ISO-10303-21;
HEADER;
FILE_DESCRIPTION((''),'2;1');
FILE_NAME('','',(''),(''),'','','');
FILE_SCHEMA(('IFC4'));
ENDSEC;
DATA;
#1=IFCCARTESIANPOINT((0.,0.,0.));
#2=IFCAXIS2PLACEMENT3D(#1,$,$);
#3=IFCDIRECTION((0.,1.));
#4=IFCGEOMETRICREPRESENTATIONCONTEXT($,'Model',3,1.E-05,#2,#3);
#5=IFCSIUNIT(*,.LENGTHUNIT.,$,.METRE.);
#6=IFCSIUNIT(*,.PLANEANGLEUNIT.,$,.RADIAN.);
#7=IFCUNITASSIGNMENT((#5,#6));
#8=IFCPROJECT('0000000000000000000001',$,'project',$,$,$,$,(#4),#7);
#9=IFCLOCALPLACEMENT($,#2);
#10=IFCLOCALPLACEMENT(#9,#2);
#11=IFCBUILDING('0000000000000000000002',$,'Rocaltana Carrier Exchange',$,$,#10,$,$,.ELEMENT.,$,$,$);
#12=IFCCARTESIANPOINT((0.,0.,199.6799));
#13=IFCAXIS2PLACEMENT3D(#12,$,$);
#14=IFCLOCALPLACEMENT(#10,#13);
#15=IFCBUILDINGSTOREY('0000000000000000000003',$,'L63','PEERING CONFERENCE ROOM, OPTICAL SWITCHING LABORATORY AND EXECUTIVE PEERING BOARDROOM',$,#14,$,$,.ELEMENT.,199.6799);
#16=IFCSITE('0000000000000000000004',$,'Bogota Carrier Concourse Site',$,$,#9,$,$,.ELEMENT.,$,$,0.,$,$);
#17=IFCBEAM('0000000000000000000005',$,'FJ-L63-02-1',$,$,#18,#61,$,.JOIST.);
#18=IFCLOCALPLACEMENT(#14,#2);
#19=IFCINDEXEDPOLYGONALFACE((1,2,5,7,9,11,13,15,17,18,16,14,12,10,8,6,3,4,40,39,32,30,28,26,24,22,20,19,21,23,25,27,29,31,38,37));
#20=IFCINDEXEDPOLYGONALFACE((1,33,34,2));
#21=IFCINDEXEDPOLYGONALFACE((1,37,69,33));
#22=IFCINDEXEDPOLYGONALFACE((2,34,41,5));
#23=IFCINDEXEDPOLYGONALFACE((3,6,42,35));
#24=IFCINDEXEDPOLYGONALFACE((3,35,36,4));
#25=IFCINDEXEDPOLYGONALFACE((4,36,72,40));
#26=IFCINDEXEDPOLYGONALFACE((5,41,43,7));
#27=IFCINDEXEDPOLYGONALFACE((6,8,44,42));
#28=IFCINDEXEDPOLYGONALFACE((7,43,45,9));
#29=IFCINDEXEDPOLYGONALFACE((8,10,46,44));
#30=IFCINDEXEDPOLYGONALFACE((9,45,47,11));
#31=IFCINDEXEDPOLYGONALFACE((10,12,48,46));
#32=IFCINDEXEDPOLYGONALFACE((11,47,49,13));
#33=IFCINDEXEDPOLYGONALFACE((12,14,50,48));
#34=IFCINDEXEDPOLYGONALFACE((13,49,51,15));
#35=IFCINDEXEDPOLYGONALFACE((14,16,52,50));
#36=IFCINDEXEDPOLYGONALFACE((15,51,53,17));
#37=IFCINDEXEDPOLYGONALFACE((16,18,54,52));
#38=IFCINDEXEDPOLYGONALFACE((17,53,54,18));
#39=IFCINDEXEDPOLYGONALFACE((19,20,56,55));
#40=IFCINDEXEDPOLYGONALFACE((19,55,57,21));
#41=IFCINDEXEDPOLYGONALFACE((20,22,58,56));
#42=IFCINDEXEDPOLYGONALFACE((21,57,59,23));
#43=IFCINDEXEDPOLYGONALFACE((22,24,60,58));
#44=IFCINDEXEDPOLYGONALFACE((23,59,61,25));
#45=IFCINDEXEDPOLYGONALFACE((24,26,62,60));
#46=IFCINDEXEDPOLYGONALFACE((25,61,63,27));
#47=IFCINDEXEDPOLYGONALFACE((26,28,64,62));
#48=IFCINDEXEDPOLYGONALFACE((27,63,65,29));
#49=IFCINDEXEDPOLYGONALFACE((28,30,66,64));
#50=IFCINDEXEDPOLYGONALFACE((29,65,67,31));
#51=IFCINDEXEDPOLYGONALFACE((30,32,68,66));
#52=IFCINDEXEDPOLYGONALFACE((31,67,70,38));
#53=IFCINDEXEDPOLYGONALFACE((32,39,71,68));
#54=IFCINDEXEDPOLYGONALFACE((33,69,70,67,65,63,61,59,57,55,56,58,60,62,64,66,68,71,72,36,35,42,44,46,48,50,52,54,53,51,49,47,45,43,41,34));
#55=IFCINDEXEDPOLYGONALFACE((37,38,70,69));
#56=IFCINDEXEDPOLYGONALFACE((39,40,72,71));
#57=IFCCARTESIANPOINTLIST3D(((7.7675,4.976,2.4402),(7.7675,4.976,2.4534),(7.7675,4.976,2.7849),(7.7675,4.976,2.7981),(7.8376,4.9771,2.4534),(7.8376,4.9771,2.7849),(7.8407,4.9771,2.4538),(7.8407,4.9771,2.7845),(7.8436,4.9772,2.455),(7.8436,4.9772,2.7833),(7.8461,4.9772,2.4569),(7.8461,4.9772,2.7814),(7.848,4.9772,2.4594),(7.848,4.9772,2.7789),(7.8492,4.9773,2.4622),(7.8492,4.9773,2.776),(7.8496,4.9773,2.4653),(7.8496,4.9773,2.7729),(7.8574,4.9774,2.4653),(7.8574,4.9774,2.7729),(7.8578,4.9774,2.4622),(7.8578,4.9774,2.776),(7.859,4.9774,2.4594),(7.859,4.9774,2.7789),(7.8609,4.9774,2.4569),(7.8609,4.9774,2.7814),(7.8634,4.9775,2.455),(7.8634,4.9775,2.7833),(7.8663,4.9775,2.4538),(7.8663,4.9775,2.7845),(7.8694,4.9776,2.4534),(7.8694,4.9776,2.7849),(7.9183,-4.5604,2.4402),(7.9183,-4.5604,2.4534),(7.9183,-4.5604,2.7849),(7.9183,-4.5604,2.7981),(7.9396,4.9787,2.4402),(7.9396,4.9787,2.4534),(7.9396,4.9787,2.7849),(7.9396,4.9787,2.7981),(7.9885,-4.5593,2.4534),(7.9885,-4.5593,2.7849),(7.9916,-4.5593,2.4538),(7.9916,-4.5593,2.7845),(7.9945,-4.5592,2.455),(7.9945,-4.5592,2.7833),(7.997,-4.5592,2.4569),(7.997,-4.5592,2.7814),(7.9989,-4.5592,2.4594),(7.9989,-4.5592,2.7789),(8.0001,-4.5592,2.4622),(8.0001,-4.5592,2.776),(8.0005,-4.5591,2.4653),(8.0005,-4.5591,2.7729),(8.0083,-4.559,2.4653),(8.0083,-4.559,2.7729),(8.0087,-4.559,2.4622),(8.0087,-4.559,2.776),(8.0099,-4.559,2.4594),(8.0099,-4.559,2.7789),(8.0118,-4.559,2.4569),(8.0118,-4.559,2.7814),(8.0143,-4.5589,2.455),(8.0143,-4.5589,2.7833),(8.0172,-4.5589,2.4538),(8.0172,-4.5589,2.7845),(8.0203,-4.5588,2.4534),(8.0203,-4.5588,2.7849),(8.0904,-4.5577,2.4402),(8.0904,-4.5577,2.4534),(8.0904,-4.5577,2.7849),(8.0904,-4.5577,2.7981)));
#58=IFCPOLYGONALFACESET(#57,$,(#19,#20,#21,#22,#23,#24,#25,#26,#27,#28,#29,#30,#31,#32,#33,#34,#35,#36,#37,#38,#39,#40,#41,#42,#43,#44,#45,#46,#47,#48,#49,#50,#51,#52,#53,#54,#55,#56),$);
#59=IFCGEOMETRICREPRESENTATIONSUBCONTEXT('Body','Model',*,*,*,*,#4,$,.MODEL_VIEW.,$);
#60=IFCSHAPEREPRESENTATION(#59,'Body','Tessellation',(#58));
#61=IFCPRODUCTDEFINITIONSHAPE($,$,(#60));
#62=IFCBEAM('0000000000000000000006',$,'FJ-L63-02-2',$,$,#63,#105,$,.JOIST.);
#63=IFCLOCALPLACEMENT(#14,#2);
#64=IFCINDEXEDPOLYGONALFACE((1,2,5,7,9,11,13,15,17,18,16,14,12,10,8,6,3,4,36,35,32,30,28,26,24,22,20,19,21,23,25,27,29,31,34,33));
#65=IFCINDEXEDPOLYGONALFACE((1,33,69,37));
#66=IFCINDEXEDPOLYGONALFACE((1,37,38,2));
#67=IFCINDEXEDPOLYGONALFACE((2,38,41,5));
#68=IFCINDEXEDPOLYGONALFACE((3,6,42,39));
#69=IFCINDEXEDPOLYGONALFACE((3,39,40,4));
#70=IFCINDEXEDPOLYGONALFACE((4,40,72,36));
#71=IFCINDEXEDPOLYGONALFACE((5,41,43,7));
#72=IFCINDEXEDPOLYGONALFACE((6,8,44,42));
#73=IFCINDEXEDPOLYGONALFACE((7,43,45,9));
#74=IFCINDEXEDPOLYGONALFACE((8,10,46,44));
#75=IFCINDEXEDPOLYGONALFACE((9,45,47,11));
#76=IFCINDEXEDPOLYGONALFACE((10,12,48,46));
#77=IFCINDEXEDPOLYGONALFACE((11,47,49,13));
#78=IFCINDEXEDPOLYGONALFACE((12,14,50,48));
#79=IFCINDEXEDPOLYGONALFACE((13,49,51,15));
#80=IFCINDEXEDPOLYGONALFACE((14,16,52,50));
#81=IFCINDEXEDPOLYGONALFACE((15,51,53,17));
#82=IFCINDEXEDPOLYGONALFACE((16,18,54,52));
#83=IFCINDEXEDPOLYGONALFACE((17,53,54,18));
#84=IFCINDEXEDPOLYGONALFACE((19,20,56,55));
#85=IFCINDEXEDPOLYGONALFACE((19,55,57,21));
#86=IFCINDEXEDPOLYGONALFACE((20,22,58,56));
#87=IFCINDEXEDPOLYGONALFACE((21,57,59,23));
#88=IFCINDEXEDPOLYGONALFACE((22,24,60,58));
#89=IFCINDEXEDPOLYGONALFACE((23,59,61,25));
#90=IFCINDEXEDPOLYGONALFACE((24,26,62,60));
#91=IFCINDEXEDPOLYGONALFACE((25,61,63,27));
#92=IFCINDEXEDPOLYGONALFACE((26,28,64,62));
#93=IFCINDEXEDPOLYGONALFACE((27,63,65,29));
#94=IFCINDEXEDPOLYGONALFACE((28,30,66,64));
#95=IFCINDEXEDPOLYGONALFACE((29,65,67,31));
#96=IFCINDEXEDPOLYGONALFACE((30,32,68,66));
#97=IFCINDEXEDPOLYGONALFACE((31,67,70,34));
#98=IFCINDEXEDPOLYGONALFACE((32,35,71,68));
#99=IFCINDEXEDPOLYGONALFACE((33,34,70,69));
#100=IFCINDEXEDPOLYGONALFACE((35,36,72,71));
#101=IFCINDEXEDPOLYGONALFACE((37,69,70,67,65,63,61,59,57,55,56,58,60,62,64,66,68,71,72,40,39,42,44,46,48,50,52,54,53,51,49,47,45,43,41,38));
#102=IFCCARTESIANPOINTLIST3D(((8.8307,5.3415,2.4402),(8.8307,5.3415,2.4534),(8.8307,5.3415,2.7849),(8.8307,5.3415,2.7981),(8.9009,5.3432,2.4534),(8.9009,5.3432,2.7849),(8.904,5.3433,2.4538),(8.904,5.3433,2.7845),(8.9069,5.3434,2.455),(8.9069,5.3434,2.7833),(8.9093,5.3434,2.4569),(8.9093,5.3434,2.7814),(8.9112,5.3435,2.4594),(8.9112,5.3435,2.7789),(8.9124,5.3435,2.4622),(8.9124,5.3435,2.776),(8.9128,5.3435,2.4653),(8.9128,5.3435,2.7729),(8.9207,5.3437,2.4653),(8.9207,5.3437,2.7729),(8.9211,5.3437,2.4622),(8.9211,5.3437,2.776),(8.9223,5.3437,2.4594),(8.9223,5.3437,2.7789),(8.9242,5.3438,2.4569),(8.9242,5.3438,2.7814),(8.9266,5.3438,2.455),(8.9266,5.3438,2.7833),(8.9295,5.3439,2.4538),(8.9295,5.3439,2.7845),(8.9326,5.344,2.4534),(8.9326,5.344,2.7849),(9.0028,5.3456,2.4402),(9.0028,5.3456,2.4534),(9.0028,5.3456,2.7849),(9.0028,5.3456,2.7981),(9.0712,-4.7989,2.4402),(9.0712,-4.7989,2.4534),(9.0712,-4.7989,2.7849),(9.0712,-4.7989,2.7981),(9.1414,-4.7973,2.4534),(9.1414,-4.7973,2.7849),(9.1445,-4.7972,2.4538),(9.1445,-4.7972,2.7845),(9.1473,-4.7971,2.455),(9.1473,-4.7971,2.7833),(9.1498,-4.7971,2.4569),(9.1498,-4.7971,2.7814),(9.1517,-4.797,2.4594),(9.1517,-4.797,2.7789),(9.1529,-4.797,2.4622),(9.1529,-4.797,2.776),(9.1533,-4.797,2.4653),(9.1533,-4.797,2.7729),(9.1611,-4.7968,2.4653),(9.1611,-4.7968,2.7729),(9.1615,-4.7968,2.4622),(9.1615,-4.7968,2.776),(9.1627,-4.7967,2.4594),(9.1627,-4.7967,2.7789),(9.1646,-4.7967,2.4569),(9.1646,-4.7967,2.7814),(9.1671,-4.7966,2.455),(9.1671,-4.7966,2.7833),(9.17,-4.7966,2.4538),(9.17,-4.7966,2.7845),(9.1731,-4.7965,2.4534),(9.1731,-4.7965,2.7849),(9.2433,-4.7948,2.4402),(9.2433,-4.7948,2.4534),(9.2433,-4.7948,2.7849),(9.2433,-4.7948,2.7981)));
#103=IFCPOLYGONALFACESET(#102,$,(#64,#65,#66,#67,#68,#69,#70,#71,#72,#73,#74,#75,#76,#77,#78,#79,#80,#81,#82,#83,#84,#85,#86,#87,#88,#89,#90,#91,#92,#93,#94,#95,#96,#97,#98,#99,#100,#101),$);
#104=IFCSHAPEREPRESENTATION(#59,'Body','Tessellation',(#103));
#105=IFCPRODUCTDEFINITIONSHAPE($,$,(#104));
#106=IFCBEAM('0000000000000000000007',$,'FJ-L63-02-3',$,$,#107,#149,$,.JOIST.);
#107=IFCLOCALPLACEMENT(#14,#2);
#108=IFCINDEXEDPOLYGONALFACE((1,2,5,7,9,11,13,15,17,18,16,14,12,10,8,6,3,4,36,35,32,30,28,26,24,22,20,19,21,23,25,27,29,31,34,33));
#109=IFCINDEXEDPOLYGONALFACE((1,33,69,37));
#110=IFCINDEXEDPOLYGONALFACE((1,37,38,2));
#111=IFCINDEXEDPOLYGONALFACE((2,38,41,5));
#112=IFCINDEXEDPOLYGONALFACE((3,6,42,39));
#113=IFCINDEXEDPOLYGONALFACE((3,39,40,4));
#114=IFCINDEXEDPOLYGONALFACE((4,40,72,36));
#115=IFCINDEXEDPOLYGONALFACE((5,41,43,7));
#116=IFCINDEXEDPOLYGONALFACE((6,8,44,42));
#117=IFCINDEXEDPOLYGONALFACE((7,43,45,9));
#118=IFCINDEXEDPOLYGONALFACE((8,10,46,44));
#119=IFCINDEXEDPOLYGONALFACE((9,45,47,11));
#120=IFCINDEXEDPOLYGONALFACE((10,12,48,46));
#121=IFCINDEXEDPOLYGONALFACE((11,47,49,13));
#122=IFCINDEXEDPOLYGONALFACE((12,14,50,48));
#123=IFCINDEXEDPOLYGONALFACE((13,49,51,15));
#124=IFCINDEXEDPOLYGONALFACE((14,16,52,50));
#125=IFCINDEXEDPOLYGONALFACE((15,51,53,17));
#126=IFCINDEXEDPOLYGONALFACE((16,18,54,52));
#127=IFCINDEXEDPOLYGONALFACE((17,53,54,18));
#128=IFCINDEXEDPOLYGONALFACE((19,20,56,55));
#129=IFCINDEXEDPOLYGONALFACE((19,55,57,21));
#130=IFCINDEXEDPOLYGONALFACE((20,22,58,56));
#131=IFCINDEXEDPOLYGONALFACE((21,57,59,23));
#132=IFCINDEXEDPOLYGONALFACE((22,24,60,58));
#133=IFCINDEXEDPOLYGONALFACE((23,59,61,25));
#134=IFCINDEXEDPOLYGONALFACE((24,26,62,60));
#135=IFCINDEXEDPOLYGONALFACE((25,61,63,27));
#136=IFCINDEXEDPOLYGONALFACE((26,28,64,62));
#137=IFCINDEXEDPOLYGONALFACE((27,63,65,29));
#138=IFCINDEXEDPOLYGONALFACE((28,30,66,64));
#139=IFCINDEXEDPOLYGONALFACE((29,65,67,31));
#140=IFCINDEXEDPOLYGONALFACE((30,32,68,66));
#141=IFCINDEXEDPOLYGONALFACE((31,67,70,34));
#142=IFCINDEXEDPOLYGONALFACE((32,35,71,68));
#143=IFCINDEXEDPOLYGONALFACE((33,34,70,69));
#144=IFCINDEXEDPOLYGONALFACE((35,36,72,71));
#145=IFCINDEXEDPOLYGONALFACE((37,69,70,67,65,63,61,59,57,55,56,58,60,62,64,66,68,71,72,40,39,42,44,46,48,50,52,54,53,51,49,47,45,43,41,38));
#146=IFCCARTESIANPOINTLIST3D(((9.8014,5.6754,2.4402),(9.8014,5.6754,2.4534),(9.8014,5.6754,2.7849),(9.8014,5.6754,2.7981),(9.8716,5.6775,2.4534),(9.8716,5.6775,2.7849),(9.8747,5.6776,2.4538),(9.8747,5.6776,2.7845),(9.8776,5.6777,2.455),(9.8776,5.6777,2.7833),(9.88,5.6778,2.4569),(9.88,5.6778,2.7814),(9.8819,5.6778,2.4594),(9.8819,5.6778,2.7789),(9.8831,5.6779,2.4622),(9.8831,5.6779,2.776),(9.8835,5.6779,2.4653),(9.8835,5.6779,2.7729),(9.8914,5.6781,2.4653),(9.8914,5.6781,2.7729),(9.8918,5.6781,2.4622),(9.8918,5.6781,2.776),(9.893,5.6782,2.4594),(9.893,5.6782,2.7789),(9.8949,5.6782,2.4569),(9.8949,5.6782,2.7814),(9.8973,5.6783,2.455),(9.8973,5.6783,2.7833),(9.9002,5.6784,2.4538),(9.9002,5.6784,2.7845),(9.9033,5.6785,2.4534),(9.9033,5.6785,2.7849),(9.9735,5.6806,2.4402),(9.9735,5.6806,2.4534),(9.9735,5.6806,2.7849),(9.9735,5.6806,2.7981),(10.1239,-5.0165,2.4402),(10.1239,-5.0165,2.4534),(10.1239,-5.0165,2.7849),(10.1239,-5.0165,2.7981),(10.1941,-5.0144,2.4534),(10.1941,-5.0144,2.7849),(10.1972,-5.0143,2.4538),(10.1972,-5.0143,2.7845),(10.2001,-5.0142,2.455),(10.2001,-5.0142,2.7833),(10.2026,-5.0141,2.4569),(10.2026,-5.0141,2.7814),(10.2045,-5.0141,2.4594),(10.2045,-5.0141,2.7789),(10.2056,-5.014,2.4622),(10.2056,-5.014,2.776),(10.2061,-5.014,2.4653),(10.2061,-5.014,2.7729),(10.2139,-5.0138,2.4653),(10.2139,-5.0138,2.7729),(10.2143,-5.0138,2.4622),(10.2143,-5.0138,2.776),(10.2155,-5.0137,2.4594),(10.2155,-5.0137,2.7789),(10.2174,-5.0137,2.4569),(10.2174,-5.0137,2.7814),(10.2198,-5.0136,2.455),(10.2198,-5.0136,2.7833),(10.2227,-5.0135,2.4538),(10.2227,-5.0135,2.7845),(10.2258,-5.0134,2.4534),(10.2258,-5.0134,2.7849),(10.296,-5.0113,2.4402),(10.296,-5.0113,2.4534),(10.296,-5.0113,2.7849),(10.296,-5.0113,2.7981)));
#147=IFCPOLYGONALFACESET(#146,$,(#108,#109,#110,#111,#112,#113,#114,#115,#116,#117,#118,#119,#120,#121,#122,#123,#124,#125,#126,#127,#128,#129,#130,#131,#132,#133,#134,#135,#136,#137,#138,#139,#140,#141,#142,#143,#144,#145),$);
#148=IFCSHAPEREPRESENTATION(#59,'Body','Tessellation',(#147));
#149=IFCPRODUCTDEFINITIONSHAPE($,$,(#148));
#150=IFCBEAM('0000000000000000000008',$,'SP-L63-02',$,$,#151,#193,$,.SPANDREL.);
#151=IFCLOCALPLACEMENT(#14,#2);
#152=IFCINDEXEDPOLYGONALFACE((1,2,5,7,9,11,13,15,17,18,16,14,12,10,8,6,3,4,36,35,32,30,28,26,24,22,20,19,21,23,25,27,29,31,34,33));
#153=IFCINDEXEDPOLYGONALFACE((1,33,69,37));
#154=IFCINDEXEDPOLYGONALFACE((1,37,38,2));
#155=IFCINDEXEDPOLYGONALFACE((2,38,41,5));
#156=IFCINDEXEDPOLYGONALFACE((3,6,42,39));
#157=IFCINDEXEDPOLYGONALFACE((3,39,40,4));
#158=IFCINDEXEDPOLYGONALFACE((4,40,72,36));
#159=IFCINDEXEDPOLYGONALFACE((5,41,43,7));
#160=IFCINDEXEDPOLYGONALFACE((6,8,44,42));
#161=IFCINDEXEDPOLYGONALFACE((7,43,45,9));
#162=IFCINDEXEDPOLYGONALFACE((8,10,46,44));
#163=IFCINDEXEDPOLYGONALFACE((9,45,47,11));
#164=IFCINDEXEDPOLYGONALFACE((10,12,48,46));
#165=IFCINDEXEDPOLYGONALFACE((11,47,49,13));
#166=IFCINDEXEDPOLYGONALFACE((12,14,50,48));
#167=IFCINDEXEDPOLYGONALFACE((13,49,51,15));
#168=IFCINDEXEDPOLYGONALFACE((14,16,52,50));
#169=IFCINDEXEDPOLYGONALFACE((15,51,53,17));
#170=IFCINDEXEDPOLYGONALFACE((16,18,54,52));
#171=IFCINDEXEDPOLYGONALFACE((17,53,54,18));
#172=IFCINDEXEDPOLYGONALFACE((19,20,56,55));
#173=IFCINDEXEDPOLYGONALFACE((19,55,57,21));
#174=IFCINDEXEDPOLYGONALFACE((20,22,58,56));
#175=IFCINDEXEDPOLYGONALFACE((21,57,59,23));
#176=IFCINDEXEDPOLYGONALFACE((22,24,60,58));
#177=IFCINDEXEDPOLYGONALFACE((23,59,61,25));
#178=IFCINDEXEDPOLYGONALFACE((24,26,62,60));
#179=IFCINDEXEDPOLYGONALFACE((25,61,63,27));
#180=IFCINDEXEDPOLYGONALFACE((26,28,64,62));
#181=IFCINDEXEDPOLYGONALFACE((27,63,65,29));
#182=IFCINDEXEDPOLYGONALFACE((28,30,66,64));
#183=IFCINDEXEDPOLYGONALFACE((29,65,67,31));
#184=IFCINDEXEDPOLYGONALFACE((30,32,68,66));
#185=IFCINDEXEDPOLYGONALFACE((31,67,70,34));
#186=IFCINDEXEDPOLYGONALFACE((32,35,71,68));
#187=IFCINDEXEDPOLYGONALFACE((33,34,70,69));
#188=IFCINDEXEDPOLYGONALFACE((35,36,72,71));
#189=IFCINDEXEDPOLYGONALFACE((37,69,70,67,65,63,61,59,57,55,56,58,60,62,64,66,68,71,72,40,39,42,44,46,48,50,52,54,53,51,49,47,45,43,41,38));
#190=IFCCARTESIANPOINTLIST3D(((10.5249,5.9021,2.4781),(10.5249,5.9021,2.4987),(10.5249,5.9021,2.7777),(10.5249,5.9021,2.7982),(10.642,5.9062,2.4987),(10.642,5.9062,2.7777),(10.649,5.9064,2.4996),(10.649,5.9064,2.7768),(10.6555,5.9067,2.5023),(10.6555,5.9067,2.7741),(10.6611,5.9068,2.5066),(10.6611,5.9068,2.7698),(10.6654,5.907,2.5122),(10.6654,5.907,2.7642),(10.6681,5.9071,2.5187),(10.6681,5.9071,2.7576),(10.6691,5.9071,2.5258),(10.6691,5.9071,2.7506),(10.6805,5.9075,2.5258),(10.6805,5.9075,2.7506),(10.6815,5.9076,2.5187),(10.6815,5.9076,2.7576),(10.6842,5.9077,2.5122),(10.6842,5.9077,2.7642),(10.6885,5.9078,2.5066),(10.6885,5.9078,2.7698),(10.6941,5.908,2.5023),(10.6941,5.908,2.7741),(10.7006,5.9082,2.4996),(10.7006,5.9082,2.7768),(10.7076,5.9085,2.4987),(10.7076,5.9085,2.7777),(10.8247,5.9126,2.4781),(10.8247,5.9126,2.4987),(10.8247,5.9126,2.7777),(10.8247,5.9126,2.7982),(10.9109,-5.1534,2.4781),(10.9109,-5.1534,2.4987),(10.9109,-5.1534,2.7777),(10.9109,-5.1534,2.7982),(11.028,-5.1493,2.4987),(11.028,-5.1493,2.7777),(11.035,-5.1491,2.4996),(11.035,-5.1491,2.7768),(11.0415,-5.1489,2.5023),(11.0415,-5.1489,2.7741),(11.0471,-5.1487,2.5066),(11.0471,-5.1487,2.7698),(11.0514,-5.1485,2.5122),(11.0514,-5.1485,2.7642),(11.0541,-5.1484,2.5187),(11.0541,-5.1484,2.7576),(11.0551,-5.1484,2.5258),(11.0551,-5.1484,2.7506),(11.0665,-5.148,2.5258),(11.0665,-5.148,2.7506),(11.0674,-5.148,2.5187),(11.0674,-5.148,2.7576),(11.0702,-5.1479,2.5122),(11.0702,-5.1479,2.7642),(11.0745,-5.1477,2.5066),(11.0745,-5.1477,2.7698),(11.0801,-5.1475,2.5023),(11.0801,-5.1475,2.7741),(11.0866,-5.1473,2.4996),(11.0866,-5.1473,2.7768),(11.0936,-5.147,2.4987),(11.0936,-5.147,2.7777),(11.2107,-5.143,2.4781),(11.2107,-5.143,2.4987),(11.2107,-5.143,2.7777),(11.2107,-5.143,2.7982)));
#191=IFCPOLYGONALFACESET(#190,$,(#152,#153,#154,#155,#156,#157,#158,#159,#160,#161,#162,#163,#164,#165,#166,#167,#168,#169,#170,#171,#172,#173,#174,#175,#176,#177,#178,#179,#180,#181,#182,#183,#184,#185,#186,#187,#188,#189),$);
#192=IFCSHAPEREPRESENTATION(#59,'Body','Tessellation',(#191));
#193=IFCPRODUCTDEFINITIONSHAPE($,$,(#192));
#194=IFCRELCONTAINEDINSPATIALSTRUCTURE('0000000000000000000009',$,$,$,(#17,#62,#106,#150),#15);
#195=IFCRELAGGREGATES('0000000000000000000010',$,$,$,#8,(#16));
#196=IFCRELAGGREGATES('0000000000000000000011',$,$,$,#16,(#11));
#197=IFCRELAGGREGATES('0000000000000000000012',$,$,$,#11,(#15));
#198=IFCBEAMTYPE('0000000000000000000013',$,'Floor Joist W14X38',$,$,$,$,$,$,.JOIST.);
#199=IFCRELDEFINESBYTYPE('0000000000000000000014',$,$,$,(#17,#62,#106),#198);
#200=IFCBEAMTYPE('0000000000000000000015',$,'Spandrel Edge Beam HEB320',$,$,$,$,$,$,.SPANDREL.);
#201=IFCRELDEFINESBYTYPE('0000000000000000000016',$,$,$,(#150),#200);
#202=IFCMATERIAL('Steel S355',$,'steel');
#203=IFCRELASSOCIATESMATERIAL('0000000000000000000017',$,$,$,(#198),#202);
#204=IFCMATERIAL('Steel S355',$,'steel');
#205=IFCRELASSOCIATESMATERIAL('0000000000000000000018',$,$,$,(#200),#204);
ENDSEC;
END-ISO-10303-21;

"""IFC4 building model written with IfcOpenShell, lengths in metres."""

from ifc_helpers import new_model, si_unit, direction, frame, origin, origin_2d, place, context, subcontext, project, spatial, i_section, extrude, material, material_profile, profile_set, type_object, element, save


model = new_model("IFC4")

# Units and contexts
model_context = context("Model", 3, precision=1e-05, world=origin(), true_north=direction((0.0, 1.0)))
body_context = subcontext(model_context, "Body", "Model", "MODEL_VIEW")
ifc_project = project(units=[si_unit("LENGTHUNIT", "METRE"), si_unit("PLANEANGLEUNIT", "RADIAN")], contexts=[model_context])

# Site, building, storey
site_placement = place(None, origin())
site = spatial("IfcSite", under=ifc_project, at=site_placement, Name="Bogota Carrier Concourse Site", CompositionType="ELEMENT", RefElevation=0.0)
building_placement = place(site_placement, origin())
building = spatial("IfcBuilding", under=site, at=building_placement, Name="Rocaltana Carrier Exchange", CompositionType="ELEMENT")
storey_placement = place(building_placement, frame((0.0, 0.0, 199.6799)))
storey = spatial("IfcBuildingStorey", under=building, at=storey_placement, Name="L63", Description="PEERING CONFERENCE ROOM, OPTICAL SWITCHING LABORATORY AND EXECUTIVE PEERING BOARDROOM", CompositionType="ELEMENT", Elevation=199.6799)

# Beams
ifc_material_1 = material(Name="Steel S355", Category="steel")
ifc_material_profile_1 = material_profile(ifc_material_1, i_section(OverallWidth=0.1721, OverallDepth=0.3579, WebThickness=0.0078, FlangeThickness=0.0132, FilletRadius=0.012, at=origin_2d()), Name="W14X38")
ifc_profile_set_1 = profile_set([ifc_material_profile_1], Name="Steel S355")
beam_type_1 = type_object("IfcBeamType", Name="Floor Joist W14X38", PredefinedType="JOIST", material=ifc_profile_set_1)
beam_1_placement = place(storey_placement, frame((8.0044, -4.5591, 2.6191), z_axis=(-0.015819, 0.999875, 0.0), x_axis=(-0.999875, -0.015819, 0.0)))
element("IfcBeam", 1, at=beam_1_placement, inside=storey, type_object=beam_type_1, Name="FJ-L63-02-1", PredefinedType="JOIST", context=body_context, shape_type="SweptSolid", body=[
    extrude(i_section(OverallWidth=0.1721, OverallDepth=0.3579, WebThickness=0.0078, FlangeThickness=0.0132, FilletRadius=0.012, at=origin_2d()), origin(), (0.0, 0.0, 1.0), 9.5376),
])
beam_2_placement = place(storey_placement, frame((9.1572, -4.7969, 2.6191), z_axis=(-0.023708, 0.999719, 0.0), x_axis=(-0.999719, -0.023708, 0.0)))
element("IfcBeam", 2, at=beam_2_placement, inside=storey, type_object=beam_type_1, Name="FJ-L63-02-2", PredefinedType="JOIST", context=body_context, shape_type="SweptSolid", body=[
    extrude(i_section(OverallWidth=0.1721, OverallDepth=0.3579, WebThickness=0.0078, FlangeThickness=0.0132, FilletRadius=0.012, at=origin_2d()), origin(), (0.0, 0.0, 1.0), 10.1433),
])
beam_3_placement = place(storey_placement, frame((10.21, -5.0139, 2.6191), z_axis=(-0.03015, 0.999545, 0.0), x_axis=(-0.999545, -0.03015, 0.0)))
element("IfcBeam", 3, at=beam_3_placement, inside=storey, type_object=beam_type_1, Name="FJ-L63-02-3", PredefinedType="JOIST", context=body_context, shape_type="SweptSolid", body=[
    extrude(i_section(OverallWidth=0.1721, OverallDepth=0.3579, WebThickness=0.0078, FlangeThickness=0.0132, FilletRadius=0.012, at=origin_2d()), origin(), (0.0, 0.0, 1.0), 10.6968),
])
ifc_material_2 = material(Name="Steel S355", Category="steel")
ifc_material_profile_2 = material_profile(ifc_material_2, i_section(OverallWidth=0.3, OverallDepth=0.3201, WebThickness=0.0115, FlangeThickness=0.0205, FilletRadius=0.0271, at=origin_2d()), Name="HEB320")
ifc_profile_set_2 = profile_set([ifc_material_profile_2], Name="Steel S355")
beam_type_2 = type_object("IfcBeamType", Name="Spandrel Edge Beam HEB320", PredefinedType="SPANDREL", material=ifc_profile_set_2)
beam_4_placement = place(storey_placement, frame((11.0608, -5.1482, 2.6382), z_axis=(-0.034893, 0.999391, 0.0), x_axis=(-0.999391, -0.034893, 0.0)))
element("IfcBeam", 4, at=beam_4_placement, inside=storey, type_object=beam_type_2, Name="SP-L63-02", PredefinedType="SPANDREL", context=body_context, shape_type="SweptSolid", body=[
    extrude(i_section(OverallWidth=0.3, OverallDepth=0.3201, WebThickness=0.0115, FlangeThickness=0.0205, FilletRadius=0.0271, at=origin_2d()), origin(), (0.0, 0.0, 1.0), 11.0623),
])

save(model, "model.ifc")
